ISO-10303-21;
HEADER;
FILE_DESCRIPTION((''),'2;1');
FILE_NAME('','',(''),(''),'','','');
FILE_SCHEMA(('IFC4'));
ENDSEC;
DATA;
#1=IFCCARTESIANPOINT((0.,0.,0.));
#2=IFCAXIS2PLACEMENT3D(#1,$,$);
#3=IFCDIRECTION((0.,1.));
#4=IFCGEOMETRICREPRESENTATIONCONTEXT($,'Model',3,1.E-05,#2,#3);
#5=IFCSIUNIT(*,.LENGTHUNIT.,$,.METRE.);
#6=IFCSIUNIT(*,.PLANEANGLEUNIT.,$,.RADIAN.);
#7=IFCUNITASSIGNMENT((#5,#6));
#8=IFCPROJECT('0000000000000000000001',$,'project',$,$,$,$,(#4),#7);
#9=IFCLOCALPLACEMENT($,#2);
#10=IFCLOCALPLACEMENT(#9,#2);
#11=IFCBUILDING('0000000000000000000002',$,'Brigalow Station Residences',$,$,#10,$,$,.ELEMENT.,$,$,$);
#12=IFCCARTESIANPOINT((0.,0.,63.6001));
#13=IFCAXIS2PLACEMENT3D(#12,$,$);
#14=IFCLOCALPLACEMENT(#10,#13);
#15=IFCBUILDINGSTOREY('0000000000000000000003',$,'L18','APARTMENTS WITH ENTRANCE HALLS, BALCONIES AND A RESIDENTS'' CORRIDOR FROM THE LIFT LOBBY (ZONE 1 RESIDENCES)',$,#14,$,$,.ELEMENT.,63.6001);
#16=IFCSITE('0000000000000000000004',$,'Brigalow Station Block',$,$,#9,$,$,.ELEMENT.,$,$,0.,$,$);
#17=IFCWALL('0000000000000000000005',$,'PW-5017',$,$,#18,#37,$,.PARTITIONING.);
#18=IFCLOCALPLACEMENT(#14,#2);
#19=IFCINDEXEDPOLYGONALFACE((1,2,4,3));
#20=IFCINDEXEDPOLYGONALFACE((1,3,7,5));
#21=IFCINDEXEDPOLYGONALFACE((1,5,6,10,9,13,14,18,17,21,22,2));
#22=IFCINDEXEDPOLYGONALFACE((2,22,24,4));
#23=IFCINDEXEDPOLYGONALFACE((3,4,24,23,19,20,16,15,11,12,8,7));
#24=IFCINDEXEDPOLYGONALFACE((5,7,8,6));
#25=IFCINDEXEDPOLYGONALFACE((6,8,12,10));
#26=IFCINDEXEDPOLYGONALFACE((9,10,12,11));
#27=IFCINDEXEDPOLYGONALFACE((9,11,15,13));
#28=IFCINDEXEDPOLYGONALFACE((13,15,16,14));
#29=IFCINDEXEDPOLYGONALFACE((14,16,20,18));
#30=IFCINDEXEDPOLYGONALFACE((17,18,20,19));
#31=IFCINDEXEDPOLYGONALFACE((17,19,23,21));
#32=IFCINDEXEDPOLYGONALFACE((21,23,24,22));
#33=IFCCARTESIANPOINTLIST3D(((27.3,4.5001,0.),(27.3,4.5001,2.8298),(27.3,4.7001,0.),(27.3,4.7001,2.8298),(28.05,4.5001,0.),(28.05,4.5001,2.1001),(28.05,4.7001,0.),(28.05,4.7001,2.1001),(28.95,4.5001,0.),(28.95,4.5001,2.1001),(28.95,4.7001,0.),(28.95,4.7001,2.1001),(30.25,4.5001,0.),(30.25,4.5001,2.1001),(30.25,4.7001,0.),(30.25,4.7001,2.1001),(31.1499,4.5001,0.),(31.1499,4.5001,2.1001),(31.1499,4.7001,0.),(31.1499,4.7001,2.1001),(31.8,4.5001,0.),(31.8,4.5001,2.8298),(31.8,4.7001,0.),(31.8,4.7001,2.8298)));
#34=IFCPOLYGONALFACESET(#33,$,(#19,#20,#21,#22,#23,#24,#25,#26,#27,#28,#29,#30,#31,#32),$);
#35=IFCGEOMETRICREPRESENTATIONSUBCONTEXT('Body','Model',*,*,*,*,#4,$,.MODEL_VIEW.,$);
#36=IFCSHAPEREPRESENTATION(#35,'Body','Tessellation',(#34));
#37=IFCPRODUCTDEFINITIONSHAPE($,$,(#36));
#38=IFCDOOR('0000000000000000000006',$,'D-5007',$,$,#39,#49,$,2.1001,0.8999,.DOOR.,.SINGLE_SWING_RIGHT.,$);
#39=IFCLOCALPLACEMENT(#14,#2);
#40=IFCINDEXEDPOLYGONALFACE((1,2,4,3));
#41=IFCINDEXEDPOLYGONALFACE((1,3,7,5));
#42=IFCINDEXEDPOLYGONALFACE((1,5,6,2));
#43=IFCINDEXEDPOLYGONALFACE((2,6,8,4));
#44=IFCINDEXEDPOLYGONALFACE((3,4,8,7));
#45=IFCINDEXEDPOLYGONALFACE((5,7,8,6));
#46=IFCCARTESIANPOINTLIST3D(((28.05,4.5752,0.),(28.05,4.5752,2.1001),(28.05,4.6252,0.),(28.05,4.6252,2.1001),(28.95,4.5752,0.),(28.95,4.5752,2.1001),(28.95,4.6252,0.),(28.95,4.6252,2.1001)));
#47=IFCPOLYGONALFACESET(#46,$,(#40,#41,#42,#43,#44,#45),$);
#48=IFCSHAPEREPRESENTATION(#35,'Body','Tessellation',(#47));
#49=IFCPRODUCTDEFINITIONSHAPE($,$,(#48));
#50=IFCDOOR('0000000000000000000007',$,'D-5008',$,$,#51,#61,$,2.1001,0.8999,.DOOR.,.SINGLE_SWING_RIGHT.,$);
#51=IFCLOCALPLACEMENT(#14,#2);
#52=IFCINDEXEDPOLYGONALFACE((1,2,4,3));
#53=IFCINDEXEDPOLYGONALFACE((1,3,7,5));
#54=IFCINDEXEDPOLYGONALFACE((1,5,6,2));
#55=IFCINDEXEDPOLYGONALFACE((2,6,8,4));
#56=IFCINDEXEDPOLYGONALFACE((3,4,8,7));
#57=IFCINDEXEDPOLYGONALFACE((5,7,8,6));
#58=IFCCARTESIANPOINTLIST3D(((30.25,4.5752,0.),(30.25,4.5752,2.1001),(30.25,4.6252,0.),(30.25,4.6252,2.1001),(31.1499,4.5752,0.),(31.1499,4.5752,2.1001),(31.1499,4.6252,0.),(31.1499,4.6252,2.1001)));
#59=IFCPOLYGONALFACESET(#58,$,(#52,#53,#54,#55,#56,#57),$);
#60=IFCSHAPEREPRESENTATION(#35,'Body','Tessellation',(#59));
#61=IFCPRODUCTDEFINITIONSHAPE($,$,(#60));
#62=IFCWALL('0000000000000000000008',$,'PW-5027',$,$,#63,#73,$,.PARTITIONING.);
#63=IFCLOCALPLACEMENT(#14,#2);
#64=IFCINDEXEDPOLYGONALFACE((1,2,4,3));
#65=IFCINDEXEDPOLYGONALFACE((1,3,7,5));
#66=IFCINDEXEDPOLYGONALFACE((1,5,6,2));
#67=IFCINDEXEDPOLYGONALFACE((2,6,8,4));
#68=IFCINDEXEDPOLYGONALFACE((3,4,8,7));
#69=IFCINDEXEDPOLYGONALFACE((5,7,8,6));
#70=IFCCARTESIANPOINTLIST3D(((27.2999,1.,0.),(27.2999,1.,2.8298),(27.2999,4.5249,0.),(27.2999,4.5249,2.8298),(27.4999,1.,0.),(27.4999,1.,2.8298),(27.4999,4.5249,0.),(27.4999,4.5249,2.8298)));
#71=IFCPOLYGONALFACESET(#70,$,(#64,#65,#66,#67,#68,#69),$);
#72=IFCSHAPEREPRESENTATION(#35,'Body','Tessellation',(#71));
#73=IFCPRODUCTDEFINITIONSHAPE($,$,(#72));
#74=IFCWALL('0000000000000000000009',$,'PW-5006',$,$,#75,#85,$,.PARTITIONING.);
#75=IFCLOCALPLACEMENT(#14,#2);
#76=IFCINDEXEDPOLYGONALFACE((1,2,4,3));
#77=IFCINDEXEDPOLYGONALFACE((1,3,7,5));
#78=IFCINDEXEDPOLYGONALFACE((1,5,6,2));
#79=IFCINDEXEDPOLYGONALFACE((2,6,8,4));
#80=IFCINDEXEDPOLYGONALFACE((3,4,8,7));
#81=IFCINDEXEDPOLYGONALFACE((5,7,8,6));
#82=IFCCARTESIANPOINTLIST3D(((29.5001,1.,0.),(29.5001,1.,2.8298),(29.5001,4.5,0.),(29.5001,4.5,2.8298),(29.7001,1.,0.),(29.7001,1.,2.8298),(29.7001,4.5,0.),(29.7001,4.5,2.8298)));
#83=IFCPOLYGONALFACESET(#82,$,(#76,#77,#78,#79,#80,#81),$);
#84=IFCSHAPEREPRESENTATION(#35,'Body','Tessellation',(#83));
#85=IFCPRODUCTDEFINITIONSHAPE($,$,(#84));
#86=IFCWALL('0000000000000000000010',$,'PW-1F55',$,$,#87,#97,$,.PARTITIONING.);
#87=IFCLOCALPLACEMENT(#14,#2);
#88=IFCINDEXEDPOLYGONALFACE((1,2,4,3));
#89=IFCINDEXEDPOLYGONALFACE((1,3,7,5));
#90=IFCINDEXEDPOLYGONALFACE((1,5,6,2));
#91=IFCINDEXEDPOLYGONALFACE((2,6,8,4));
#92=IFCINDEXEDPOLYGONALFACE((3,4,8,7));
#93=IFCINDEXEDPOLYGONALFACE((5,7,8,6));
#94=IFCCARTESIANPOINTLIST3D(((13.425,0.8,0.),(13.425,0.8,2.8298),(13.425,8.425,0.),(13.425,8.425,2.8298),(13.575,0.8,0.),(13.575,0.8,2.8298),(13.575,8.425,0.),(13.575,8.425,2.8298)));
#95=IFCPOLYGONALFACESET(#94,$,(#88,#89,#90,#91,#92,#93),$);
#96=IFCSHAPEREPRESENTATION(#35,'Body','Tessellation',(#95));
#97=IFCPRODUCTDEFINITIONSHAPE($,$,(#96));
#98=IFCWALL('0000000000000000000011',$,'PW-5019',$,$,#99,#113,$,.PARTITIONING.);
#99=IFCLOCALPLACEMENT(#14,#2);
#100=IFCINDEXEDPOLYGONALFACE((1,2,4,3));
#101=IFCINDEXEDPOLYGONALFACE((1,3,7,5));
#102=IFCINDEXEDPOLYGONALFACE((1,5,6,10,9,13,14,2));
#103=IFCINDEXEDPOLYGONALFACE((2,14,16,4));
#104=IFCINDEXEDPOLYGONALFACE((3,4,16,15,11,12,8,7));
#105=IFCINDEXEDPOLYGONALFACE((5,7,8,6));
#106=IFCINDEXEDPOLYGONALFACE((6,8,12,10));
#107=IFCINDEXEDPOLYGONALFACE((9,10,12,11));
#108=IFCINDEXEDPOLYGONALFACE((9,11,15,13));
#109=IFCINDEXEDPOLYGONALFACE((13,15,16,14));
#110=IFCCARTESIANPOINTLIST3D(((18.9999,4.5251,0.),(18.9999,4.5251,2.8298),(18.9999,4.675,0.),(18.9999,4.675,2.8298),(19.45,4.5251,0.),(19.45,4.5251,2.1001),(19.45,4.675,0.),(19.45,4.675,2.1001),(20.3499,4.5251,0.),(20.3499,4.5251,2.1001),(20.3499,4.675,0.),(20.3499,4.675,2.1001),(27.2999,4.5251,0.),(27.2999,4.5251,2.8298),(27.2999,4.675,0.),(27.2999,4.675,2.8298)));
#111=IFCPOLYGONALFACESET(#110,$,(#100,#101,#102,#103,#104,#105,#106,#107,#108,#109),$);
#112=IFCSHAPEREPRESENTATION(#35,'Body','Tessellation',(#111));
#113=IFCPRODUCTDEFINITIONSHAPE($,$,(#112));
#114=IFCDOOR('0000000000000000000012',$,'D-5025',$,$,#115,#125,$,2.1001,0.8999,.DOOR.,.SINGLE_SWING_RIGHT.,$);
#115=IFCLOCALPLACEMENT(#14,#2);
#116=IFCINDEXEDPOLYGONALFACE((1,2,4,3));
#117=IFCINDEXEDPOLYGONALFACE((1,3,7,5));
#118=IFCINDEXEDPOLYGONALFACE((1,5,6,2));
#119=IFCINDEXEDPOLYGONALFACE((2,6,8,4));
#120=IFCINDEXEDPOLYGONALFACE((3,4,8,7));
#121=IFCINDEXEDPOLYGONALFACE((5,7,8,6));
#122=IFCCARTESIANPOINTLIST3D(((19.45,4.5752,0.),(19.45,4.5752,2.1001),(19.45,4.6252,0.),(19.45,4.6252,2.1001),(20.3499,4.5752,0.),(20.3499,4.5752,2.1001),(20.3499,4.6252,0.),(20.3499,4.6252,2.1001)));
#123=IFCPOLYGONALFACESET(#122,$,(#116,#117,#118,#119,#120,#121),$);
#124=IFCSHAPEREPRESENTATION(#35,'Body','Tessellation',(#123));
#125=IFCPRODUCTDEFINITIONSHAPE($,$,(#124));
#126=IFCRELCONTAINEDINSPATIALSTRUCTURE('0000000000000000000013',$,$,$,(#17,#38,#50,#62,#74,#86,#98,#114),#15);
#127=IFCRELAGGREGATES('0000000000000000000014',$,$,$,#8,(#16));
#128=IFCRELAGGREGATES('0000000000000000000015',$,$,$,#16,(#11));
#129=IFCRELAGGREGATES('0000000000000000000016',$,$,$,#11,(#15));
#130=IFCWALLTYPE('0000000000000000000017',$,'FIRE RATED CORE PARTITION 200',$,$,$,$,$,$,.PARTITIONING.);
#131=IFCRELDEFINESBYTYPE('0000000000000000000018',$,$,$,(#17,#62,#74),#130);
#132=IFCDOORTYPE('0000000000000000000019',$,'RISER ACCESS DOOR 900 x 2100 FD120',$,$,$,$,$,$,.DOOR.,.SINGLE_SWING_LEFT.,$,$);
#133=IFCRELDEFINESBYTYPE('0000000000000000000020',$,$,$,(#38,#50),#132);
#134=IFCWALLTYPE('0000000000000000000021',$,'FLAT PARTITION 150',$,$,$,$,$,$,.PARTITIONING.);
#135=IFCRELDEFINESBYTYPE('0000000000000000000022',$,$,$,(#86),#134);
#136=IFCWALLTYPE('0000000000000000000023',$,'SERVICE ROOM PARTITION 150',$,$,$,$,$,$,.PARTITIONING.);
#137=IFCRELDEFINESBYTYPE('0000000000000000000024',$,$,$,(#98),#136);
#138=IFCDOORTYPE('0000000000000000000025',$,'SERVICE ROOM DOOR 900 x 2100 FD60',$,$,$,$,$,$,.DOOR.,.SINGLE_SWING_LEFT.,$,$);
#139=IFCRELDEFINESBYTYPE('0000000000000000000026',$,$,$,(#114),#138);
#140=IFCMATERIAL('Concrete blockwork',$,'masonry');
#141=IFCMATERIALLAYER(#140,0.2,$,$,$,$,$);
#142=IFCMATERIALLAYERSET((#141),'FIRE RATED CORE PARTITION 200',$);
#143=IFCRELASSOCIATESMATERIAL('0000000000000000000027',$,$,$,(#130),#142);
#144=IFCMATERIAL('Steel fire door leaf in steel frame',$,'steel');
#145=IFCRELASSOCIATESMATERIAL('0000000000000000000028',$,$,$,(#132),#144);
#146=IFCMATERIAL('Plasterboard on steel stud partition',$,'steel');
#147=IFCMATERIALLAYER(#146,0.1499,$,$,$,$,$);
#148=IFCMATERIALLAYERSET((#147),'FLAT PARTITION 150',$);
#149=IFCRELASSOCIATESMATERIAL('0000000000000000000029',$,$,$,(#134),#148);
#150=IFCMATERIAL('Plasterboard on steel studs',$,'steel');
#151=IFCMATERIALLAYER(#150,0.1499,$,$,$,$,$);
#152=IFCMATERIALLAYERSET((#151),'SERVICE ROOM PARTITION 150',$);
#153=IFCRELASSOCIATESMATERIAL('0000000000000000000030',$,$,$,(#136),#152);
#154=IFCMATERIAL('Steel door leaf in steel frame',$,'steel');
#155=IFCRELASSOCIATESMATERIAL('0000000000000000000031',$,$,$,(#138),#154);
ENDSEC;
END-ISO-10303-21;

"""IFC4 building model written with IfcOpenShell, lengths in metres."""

from ifc_helpers import new_model, si_unit, direction, frame, frame_2d, origin, place, context, subcontext, project, spatial, rectangle, extrude, material, layer, layer_set, type_object, element, fill, save


model = new_model("IFC4")

# Units and contexts
model_context = context("Model", 3, precision=1e-05, world=origin(), true_north=direction((0.0, 1.0)))
body_context = subcontext(model_context, "Body", "Model", "MODEL_VIEW")
ifc_project = project(units=[si_unit("LENGTHUNIT", "METRE"), si_unit("PLANEANGLEUNIT", "RADIAN")], contexts=[model_context])

# Site, building, storey
site_placement = place(None, origin())
site = spatial("IfcSite", under=ifc_project, at=site_placement, Name="Brigalow Station Block", CompositionType="ELEMENT", RefElevation=0.0)
building_placement = place(site_placement, origin())
building = spatial("IfcBuilding", under=site, at=building_placement, Name="Brigalow Station Residences", CompositionType="ELEMENT")
storey_placement = place(building_placement, frame((0.0, 0.0, 63.6001)))
storey = spatial("IfcBuildingStorey", under=building, at=storey_placement, Name="L18", Description="APARTMENTS WITH ENTRANCE HALLS, BALCONIES AND A RESIDENTS' CORRIDOR FROM THE LIFT LOBBY (ZONE 1 RESIDENCES)", CompositionType="ELEMENT", Elevation=63.6001)

# Wall, openings, doors
ifc_material_1 = material(Name="Concrete blockwork", Category="masonry")
ifc_layer_1 = layer(ifc_material_1, 0.2)
ifc_layer_set_1 = layer_set([ifc_layer_1], Name="FIRE RATED CORE PARTITION 200")
wall_type_1 = type_object("IfcWallType", Name="FIRE RATED CORE PARTITION 200", PredefinedType="PARTITIONING", material=ifc_layer_set_1)
wall_1_placement = place(storey_placement, frame((27.3, 4.6001, 0.0), z_axis=(0.0, 0.0, 1.0), x_axis=(1.0, 0.0, 0.0)))
wall_1 = element("IfcWall", 1, at=wall_1_placement, inside=storey, type_object=wall_type_1, Name="PW-5017", PredefinedType="PARTITIONING", context=body_context, shape_type="SweptSolid", body=[
    extrude(rectangle(XDim=4.5, YDim=0.2, at=frame_2d((2.25, 0.0))), origin(), (0.0, 0.0, 1.0), 2.8298),
])
opening_1_placement = place(wall_1_placement, frame((0.75, 0.0, 0.0)))
opening_1 = element("IfcOpeningElement", 2, at=opening_1_placement, cuts=wall_1, PredefinedType="OPENING", context=body_context, shape_type="SweptSolid", body=[
    extrude(rectangle(XDim=0.8999, YDim=2.1001, at=frame_2d((0.45, 1.05))), frame((0.0, 0.1099, 0.0), z_axis=(0.0, -1.0, 0.0), x_axis=(1.0, 0.0, 0.0)), (0.0, 0.0, 1.0), 0.22),
])
opening_2_placement = place(wall_1_placement, frame((2.95, 0.0, 0.0)))
opening_2 = element("IfcOpeningElement", 3, at=opening_2_placement, cuts=wall_1, PredefinedType="OPENING", context=body_context, shape_type="SweptSolid", body=[
    extrude(rectangle(XDim=0.8999, YDim=2.1001, at=frame_2d((0.45, 1.05))), frame((0.0, 0.1099, 0.0), z_axis=(0.0, -1.0, 0.0), x_axis=(1.0, 0.0, 0.0)), (0.0, 0.0, 1.0), 0.22),
])
ifc_material_2 = material(Name="Steel fire door leaf in steel frame", Category="steel")
door_type_1 = type_object("IfcDoorType", Name="RISER ACCESS DOOR 900 x 2100 FD120", OperationType="SINGLE_SWING_LEFT", PredefinedType="DOOR", material=ifc_material_2)
door_1_placement = place(opening_1_placement, frame((0.8999, 0.0, 0.0), z_axis=(0.0, 0.0, 1.0), x_axis=(-1.0, 0.0, 0.0)))
door_1 = element("IfcDoor", 4, at=door_1_placement, inside=storey, type_object=door_type_1, Name="D-5007", OperationType="SINGLE_SWING_RIGHT", OverallHeight=2.1001, OverallWidth=0.8999, PredefinedType="DOOR", context=body_context, shape_type="SweptSolid", body=[
    extrude(rectangle(XDim=0.8999, YDim=2.1001, at=frame_2d((0.45, 1.05))), frame((0.0, 0.0249, 0.0), z_axis=(0.0, -1.0, 0.0), x_axis=(1.0, 0.0, 0.0)), (0.0, 0.0, 1.0), 0.05),
])
fill(opening_1, door_1)
door_2_placement = place(opening_2_placement, frame((0.8999, 0.0, 0.0), z_axis=(0.0, 0.0, 1.0), x_axis=(-1.0, 0.0, 0.0)))
door_2 = element("IfcDoor", 5, at=door_2_placement, inside=storey, type_object=door_type_1, Name="D-5008", OperationType="SINGLE_SWING_RIGHT", OverallHeight=2.1001, OverallWidth=0.8999, PredefinedType="DOOR", context=body_context, shape_type="SweptSolid", body=[
    extrude(rectangle(XDim=0.8999, YDim=2.1001, at=frame_2d((0.45, 1.05))), frame((0.0, 0.0249, 0.0), z_axis=(0.0, -1.0, 0.0), x_axis=(1.0, 0.0, 0.0)), (0.0, 0.0, 1.0), 0.05),
])
fill(opening_2, door_2)

# Walls
wall_2_placement = place(storey_placement, frame((27.3999, 1.0, 0.0), z_axis=(0.0, 0.0, 1.0), x_axis=(0.0, 1.0, 0.0)))
element("IfcWall", 6, at=wall_2_placement, inside=storey, type_object=wall_type_1, Name="PW-5027", PredefinedType="PARTITIONING", context=body_context, shape_type="SweptSolid", body=[
    extrude(rectangle(XDim=3.5249, YDim=0.2, at=frame_2d((1.7625, 0.0))), origin(), (0.0, 0.0, 1.0), 2.8298),
])
wall_3_placement = place(storey_placement, frame((29.6001, 1.0, 0.0), z_axis=(0.0, 0.0, 1.0), x_axis=(0.0, 1.0, 0.0)))
element("IfcWall", 7, at=wall_3_placement, inside=storey, type_object=wall_type_1, Name="PW-5006", PredefinedType="PARTITIONING", context=body_context, shape_type="SweptSolid", body=[
    extrude(rectangle(XDim=3.5, YDim=0.2, at=frame_2d((1.75, 0.0))), origin(), (0.0, 0.0, 1.0), 2.8298),
])
ifc_material_3 = material(Name="Plasterboard on steel stud partition", Category="steel")
ifc_layer_2 = layer(ifc_material_3, 0.1499)
ifc_layer_set_2 = layer_set([ifc_layer_2], Name="FLAT PARTITION 150")
wall_type_2 = type_object("IfcWallType", Name="FLAT PARTITION 150", PredefinedType="PARTITIONING", material=ifc_layer_set_2)
wall_4_placement = place(storey_placement, frame((13.5, 0.8, 0.0), z_axis=(0.0, 0.0, 1.0), x_axis=(0.0, 1.0, 0.0)))
element("IfcWall", 8, at=wall_4_placement, inside=storey, type_object=wall_type_2, Name="PW-1F55", PredefinedType="PARTITIONING", context=body_context, shape_type="SweptSolid", body=[
    extrude(rectangle(XDim=7.625, YDim=0.1499, at=frame_2d((3.8125, 0.0))), origin(), (0.0, 0.0, 1.0), 2.8298),
])

# Wall, opening, door
ifc_material_4 = material(Name="Plasterboard on steel studs", Category="steel")
ifc_layer_3 = layer(ifc_material_4, 0.1499)
ifc_layer_set_3 = layer_set([ifc_layer_3], Name="SERVICE ROOM PARTITION 150")
wall_type_3 = type_object("IfcWallType", Name="SERVICE ROOM PARTITION 150", PredefinedType="PARTITIONING", material=ifc_layer_set_3)
wall_5_placement = place(storey_placement, frame((19.0, 4.6001, 0.0), z_axis=(0.0, 0.0, 1.0), x_axis=(1.0, 0.0, 0.0)))
wall_5 = element("IfcWall", 9, at=wall_5_placement, inside=storey, type_object=wall_type_3, Name="PW-5019", PredefinedType="PARTITIONING", context=body_context, shape_type="SweptSolid", body=[
    extrude(rectangle(XDim=8.3, YDim=0.1499, at=frame_2d((4.1499, 0.0))), origin(), (0.0, 0.0, 1.0), 2.8298),
])
opening_3_placement = place(wall_5_placement, frame((0.45, 0.0, 0.0)))
opening_3 = element("IfcOpeningElement", 10, at=opening_3_placement, cuts=wall_5, PredefinedType="OPENING", context=body_context, shape_type="SweptSolid", body=[
    extrude(rectangle(XDim=0.8999, YDim=2.1001, at=frame_2d((0.45, 1.05))), frame((0.0, 0.085, 0.0), z_axis=(0.0, -1.0, 0.0), x_axis=(1.0, 0.0, 0.0)), (0.0, 0.0, 1.0), 0.1699),
])
ifc_material_5 = material(Name="Steel door leaf in steel frame", Category="steel")
door_type_2 = type_object("IfcDoorType", Name="SERVICE ROOM DOOR 900 x 2100 FD60", OperationType="SINGLE_SWING_LEFT", PredefinedType="DOOR", material=ifc_material_5)
door_3_placement = place(opening_3_placement, frame((0.8999, 0.0, 0.0), z_axis=(0.0, 0.0, 1.0), x_axis=(-1.0, 0.0, 0.0)))
door_3 = element("IfcDoor", 11, at=door_3_placement, inside=storey, type_object=door_type_2, Name="D-5025", OperationType="SINGLE_SWING_RIGHT", OverallHeight=2.1001, OverallWidth=0.8999, PredefinedType="DOOR", context=body_context, shape_type="SweptSolid", body=[
    extrude(rectangle(XDim=0.8999, YDim=2.1001, at=frame_2d((0.45, 1.05))), frame((0.0, 0.0249, 0.0), z_axis=(0.0, -1.0, 0.0), x_axis=(1.0, 0.0, 0.0)), (0.0, 0.0, 1.0), 0.05),
])
fill(opening_3, door_3)

save(model, "model.ifc")
